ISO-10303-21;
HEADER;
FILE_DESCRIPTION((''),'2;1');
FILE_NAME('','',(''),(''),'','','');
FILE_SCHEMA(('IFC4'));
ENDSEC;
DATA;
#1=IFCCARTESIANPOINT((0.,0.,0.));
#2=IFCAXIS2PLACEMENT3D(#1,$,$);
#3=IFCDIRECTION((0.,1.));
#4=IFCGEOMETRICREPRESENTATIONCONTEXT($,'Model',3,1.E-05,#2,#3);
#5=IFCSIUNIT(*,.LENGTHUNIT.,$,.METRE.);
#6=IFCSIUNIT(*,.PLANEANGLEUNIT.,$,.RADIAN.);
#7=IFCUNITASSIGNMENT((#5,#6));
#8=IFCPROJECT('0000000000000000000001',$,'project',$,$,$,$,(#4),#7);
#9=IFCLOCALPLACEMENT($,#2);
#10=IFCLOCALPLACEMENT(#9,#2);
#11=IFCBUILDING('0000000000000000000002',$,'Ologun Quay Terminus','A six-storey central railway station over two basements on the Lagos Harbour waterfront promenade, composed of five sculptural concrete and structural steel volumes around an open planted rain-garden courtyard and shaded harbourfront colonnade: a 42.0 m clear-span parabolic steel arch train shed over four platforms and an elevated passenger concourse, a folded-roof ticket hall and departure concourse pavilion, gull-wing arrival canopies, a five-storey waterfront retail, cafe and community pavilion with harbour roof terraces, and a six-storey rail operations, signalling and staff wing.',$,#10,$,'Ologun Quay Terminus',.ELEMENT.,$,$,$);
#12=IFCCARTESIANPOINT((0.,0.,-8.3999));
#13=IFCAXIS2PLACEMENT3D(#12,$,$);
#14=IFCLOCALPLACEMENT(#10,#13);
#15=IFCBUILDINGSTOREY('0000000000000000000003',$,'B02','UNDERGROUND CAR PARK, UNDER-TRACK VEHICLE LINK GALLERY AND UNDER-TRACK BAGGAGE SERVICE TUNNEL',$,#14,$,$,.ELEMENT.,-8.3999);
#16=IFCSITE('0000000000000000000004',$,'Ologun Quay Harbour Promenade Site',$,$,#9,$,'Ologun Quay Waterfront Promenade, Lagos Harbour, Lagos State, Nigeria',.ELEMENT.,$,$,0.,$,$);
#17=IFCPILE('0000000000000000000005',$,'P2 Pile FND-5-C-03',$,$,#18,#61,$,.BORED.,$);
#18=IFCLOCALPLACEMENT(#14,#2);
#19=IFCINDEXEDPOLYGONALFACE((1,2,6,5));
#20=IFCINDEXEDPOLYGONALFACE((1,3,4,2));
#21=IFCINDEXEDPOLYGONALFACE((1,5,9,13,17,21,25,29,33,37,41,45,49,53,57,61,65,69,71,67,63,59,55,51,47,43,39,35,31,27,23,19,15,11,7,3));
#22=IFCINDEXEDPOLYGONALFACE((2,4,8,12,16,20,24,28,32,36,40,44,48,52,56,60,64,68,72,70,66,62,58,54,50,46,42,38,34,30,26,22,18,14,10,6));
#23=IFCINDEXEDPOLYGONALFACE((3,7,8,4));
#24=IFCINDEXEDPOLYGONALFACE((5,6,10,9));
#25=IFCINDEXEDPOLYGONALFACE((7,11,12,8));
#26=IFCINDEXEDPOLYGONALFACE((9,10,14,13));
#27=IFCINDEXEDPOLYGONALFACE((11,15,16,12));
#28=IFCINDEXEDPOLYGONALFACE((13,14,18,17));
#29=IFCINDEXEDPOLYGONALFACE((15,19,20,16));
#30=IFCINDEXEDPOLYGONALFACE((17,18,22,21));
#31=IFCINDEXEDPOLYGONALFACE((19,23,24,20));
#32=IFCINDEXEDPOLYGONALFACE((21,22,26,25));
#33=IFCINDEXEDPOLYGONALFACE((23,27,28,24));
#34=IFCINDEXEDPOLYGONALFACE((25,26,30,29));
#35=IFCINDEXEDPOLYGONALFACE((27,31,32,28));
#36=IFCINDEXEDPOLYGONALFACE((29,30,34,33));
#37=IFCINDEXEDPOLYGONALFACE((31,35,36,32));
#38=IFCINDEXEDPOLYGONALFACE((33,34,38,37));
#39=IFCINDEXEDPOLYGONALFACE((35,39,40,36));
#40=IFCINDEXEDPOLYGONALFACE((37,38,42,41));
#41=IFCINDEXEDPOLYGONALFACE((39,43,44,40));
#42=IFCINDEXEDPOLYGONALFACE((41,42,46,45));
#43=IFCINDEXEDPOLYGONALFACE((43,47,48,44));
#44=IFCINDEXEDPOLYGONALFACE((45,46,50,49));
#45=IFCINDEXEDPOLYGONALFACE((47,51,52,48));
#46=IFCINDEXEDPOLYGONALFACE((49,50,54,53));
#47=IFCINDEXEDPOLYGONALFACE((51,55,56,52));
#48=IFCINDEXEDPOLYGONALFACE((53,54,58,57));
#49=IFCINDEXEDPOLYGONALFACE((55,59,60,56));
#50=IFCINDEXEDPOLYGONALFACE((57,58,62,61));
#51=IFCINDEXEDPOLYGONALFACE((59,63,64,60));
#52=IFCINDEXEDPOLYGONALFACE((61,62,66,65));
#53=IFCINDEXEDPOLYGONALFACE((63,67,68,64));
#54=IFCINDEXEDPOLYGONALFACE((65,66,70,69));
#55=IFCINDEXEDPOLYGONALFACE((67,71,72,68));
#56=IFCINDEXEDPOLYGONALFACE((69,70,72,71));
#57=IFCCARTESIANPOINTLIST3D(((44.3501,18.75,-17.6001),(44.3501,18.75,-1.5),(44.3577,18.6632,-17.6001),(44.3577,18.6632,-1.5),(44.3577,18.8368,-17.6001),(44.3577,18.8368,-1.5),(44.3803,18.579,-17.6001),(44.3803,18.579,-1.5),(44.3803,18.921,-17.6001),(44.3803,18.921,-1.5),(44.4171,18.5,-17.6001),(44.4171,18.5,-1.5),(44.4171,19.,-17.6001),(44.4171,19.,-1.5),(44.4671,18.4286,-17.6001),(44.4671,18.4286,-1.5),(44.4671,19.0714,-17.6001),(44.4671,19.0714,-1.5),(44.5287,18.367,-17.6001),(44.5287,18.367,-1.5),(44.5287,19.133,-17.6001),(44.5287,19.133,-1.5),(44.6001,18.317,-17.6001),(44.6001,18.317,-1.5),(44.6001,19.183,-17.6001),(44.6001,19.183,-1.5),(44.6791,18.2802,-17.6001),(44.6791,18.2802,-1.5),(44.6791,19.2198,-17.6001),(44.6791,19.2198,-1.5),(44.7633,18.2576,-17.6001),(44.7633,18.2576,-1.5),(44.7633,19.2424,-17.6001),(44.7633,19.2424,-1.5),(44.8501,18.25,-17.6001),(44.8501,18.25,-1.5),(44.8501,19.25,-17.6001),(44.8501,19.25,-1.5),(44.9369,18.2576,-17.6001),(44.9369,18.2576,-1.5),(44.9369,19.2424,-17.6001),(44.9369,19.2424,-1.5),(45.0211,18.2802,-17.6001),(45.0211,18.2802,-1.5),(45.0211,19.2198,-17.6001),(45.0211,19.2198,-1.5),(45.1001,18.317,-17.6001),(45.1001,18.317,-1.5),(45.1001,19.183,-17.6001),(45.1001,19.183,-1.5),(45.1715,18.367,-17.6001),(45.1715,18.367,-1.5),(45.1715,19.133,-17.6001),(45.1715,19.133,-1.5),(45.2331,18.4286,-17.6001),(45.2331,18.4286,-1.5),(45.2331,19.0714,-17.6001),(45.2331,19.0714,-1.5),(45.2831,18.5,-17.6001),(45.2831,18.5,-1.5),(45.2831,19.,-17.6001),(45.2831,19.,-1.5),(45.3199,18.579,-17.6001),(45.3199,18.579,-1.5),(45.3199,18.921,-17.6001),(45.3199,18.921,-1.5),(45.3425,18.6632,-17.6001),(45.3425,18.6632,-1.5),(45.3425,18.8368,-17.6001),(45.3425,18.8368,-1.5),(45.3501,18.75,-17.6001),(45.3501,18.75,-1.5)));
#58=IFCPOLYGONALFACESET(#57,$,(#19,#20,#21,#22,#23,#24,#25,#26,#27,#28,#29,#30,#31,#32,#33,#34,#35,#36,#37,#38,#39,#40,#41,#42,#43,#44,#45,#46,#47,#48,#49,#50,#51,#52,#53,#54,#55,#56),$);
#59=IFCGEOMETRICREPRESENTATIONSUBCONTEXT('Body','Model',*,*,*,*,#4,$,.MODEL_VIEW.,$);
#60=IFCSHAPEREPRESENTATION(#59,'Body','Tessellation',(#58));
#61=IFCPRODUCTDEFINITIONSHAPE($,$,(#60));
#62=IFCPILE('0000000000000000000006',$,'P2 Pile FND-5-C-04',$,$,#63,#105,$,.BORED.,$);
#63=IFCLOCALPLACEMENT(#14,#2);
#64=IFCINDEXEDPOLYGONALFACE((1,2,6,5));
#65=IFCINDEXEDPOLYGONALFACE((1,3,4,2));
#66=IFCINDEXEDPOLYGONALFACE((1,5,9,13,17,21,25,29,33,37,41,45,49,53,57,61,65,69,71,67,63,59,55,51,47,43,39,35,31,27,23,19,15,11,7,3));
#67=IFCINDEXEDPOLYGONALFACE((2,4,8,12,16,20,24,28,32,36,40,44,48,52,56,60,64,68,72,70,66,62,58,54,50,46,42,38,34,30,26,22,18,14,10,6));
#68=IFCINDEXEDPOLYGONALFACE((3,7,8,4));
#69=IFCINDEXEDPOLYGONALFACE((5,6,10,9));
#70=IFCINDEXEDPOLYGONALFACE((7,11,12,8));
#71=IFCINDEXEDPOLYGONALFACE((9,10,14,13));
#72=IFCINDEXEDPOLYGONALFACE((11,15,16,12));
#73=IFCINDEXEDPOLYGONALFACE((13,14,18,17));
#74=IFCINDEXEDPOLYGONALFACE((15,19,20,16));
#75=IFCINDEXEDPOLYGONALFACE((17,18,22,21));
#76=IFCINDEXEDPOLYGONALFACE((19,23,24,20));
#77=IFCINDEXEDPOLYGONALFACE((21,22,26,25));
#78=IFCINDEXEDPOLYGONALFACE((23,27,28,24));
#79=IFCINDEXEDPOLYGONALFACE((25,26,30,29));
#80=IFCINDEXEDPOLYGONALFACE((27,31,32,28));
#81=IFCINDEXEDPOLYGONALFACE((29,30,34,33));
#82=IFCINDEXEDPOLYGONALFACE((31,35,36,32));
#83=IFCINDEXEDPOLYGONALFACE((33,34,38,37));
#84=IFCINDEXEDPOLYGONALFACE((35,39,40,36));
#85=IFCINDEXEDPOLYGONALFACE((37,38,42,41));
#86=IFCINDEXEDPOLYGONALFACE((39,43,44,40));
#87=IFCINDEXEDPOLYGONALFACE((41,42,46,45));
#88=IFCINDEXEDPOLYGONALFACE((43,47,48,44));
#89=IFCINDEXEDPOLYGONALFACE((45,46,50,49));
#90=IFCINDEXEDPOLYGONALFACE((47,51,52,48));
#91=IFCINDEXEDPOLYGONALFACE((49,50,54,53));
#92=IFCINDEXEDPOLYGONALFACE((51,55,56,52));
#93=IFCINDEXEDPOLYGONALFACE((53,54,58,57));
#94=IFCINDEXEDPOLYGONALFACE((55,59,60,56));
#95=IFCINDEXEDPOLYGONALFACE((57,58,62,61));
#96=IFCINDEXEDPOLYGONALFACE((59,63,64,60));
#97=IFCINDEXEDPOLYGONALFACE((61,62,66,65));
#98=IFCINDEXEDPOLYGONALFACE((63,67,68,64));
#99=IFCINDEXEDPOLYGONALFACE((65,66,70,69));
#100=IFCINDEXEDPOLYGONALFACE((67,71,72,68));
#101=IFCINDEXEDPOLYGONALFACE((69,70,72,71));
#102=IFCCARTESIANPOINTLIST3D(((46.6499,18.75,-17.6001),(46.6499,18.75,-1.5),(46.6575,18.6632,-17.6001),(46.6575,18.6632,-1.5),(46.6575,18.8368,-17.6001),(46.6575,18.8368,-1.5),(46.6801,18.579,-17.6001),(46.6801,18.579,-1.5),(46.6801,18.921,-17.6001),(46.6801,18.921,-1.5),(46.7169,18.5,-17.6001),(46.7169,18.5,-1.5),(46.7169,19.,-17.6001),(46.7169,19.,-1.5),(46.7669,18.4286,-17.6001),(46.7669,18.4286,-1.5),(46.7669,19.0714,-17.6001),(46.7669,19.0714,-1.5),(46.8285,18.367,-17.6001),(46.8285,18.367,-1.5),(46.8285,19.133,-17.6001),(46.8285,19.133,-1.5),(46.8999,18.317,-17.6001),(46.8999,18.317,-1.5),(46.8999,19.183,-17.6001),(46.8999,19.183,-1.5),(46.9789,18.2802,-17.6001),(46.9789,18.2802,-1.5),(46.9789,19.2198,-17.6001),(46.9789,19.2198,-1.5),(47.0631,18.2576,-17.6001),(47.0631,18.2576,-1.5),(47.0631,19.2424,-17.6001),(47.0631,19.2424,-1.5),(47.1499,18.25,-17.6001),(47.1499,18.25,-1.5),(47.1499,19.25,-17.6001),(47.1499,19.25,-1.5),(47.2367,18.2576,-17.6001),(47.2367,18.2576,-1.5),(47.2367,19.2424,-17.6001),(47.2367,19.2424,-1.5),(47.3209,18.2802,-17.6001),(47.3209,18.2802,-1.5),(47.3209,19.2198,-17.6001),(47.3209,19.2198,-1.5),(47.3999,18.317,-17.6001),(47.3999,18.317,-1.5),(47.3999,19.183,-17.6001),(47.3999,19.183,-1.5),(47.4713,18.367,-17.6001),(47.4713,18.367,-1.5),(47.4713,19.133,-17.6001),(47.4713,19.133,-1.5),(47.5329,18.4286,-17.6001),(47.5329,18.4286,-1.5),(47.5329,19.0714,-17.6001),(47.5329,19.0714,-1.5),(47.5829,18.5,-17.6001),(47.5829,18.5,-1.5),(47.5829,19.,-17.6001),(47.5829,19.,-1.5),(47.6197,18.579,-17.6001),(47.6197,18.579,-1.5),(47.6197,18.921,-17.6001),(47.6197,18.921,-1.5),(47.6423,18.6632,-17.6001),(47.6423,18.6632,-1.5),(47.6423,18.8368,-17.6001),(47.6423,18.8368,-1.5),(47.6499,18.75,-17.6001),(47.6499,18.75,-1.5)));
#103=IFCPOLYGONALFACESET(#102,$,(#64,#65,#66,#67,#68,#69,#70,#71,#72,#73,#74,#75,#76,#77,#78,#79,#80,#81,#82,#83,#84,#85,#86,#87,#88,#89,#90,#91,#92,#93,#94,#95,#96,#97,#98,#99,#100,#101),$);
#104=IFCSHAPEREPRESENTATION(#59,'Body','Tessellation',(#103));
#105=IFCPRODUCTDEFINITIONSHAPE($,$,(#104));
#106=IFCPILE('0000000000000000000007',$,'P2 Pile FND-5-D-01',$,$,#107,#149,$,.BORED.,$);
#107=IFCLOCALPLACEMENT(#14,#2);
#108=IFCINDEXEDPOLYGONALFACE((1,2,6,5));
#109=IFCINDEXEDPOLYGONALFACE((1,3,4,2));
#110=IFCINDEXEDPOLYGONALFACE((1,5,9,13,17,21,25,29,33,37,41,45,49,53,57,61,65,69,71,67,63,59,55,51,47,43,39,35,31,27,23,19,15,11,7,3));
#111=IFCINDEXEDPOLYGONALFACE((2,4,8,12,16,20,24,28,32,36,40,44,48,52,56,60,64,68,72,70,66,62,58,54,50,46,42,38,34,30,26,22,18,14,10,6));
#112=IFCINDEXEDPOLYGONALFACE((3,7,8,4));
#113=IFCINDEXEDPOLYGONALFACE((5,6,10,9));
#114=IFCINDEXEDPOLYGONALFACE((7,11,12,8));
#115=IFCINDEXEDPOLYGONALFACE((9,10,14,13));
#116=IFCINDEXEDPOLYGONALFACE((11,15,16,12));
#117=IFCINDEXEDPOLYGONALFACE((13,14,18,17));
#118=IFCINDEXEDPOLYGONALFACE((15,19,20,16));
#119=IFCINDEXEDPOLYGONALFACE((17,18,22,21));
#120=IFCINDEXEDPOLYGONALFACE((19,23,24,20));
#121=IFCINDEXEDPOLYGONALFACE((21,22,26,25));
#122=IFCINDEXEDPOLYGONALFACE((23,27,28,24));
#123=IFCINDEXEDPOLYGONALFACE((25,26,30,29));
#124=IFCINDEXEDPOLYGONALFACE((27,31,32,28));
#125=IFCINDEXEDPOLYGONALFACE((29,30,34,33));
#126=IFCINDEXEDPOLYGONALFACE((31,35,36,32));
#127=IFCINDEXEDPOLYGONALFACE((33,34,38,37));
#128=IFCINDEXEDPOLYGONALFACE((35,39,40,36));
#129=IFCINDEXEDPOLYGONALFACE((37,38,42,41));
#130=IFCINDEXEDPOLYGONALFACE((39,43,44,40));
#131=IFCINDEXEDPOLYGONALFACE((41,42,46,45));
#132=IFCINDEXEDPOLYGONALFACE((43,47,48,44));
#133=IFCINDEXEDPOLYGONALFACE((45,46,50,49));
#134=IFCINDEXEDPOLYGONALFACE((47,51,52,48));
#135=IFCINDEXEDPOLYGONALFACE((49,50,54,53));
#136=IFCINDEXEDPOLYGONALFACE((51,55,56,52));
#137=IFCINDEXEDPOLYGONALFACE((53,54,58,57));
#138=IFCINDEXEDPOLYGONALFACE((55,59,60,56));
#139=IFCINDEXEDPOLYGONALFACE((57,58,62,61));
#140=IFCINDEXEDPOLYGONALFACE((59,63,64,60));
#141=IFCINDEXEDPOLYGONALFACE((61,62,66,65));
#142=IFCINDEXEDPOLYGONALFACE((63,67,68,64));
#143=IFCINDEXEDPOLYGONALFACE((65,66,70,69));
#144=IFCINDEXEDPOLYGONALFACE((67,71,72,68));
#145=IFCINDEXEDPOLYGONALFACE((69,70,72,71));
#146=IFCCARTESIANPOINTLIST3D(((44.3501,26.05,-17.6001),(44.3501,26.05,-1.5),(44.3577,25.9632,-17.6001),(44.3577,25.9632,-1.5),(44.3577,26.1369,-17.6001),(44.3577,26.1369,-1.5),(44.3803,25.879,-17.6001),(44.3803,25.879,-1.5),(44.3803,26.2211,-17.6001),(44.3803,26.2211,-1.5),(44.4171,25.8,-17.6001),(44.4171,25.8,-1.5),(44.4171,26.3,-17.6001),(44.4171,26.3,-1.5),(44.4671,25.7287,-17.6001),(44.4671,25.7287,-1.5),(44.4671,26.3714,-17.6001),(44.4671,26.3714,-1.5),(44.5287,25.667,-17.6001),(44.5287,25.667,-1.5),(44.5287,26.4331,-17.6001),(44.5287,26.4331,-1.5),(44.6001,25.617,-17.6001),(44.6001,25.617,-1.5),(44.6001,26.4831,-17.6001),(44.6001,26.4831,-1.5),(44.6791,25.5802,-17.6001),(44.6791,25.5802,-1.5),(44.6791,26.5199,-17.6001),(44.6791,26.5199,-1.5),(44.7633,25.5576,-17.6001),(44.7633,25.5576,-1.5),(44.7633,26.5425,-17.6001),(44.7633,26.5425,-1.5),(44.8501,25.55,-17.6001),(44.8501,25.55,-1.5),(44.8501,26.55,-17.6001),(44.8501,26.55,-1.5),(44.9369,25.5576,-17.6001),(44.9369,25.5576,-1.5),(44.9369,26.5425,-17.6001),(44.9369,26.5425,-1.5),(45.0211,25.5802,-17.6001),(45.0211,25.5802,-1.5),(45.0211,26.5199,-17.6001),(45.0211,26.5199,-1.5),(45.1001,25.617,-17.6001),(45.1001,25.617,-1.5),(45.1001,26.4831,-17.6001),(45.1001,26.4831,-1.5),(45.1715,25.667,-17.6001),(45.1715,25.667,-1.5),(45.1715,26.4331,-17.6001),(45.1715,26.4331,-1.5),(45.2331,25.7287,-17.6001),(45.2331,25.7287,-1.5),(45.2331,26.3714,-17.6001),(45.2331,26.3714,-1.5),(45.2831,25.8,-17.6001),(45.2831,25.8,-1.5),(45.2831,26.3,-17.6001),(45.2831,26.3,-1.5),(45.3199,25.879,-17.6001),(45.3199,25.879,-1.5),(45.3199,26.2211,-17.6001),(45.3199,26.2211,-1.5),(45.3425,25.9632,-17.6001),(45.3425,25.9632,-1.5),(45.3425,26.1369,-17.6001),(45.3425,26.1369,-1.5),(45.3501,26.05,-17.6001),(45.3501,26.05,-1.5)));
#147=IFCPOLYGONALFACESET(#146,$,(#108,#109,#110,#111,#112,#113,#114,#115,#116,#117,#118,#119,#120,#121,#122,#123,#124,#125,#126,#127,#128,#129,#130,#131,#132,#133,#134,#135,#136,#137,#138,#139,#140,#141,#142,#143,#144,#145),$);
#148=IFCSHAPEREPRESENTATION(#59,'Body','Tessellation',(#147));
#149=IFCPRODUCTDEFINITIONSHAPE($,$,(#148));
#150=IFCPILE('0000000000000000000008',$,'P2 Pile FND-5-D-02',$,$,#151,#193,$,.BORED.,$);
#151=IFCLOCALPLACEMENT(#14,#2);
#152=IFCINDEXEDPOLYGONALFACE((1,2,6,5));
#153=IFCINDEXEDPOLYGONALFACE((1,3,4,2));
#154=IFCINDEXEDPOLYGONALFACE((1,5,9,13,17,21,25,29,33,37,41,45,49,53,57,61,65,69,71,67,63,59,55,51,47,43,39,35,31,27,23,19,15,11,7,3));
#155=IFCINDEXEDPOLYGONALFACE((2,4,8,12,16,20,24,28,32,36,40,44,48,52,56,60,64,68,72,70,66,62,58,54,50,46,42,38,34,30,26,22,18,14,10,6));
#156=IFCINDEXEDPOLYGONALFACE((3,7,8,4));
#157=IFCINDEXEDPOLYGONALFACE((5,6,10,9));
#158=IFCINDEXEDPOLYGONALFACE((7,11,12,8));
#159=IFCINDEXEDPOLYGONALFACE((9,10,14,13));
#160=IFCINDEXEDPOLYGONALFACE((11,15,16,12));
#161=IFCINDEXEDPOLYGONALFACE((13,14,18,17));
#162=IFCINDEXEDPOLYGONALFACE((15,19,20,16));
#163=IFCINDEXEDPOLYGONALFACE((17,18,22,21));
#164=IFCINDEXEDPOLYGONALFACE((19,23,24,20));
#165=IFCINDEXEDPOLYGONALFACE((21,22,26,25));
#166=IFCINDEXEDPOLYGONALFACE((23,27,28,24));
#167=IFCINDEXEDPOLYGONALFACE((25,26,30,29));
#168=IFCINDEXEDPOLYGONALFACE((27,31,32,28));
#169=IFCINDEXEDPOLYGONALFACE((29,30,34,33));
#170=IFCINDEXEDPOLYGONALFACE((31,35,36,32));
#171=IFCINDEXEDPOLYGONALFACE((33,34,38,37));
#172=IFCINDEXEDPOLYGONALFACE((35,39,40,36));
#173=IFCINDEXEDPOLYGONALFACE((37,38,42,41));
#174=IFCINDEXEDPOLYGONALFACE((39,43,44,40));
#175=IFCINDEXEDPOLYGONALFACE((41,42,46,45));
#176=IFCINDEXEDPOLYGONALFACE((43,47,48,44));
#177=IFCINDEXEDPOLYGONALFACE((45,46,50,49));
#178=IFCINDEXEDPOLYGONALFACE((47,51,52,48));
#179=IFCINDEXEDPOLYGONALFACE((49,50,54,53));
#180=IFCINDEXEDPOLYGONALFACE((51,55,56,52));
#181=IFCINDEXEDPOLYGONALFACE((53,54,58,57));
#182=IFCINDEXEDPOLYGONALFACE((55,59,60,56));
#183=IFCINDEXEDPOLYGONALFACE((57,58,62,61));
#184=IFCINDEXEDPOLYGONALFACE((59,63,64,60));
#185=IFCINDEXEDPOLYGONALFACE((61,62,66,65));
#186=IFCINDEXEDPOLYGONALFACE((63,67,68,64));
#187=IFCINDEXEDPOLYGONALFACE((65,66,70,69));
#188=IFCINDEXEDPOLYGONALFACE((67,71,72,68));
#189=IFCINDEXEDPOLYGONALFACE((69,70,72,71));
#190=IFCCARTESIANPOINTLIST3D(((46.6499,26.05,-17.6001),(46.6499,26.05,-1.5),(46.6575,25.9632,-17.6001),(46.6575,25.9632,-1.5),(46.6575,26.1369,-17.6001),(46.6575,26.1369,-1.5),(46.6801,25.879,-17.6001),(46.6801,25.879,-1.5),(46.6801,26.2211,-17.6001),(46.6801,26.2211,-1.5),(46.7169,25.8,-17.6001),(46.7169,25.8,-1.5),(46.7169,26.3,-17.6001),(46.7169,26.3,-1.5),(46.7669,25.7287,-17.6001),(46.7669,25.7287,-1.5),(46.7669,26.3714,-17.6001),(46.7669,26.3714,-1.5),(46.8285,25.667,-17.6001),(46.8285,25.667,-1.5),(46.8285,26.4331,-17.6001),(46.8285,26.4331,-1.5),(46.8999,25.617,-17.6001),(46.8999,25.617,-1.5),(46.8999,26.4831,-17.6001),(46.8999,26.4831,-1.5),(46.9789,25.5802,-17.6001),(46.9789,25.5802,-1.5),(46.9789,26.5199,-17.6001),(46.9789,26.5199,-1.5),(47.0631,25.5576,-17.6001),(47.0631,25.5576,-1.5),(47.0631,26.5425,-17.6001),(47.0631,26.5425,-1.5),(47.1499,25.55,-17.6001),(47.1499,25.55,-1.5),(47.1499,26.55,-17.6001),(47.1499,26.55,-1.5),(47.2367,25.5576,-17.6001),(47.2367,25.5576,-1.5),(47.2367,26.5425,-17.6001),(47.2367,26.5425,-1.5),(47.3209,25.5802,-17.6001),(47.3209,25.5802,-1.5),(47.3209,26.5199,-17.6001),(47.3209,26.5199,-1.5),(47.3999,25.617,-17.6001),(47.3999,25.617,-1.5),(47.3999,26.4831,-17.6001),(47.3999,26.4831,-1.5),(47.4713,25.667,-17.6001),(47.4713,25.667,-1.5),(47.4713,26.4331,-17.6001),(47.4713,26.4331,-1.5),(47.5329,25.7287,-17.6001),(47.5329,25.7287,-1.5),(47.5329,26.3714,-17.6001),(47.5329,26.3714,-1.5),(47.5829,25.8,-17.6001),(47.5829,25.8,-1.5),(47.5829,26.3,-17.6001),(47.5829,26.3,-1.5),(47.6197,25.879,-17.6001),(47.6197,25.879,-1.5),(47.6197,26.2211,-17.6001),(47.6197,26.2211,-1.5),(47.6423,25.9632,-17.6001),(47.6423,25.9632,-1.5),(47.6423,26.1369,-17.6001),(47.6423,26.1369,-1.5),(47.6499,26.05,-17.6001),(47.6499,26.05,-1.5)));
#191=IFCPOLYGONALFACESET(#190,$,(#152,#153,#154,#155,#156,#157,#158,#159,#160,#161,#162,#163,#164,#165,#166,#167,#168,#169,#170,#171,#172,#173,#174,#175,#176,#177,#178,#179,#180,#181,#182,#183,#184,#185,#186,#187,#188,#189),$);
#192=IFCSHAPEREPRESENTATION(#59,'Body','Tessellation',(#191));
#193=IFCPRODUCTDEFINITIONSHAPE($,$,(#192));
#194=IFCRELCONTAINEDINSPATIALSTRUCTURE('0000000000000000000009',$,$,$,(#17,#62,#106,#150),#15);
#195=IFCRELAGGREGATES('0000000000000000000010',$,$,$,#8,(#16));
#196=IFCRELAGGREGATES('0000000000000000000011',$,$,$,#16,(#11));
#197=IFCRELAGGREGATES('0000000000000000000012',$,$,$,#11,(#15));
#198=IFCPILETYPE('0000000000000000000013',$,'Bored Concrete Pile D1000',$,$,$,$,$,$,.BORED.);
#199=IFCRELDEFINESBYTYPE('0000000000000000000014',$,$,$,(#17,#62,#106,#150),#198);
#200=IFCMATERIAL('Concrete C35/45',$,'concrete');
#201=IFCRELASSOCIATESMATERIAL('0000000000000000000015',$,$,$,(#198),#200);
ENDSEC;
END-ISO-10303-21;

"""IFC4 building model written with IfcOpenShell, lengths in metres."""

from ifc_helpers import new_model, si_unit, direction, frame, origin, origin_2d, place, context, subcontext, project, spatial, circle, extrude, material, material_profile, profile_set, type_object, element, save


model = new_model("IFC4")

# Units and contexts
model_context = context("Model", 3, precision=1e-05, world=origin(), true_north=direction((0.0, 1.0)))
body_context = subcontext(model_context, "Body", "Model", "MODEL_VIEW")
ifc_project = project(units=[si_unit("LENGTHUNIT", "METRE"), si_unit("PLANEANGLEUNIT", "RADIAN")], contexts=[model_context])

# Site, building, storey
site_placement = place(None, origin())
site = spatial("IfcSite", under=ifc_project, at=site_placement, Name="Ologun Quay Harbour Promenade Site", LongName="Ologun Quay Waterfront Promenade, Lagos Harbour, Lagos State, Nigeria", CompositionType="ELEMENT", RefElevation=0.0)
building_placement = place(site_placement, origin())
building = spatial("IfcBuilding", under=site, at=building_placement, Name="Ologun Quay Terminus", Description="A six-storey central railway station over two basements on the Lagos Harbour waterfront promenade, composed of five sculptural concrete and structural steel volumes around an open planted rain-garden courtyard and shaded harbourfront colonnade: a 42.0 m clear-span parabolic steel arch train shed over four platforms and an elevated passenger concourse, a folded-roof ticket hall and departure concourse pavilion, gull-wing arrival canopies, a five-storey waterfront retail, cafe and community pavilion with harbour roof terraces, and a six-storey rail operations, signalling and staff wing.", LongName="Ologun Quay Terminus", CompositionType="ELEMENT")
storey_placement = place(building_placement, frame((0.0, 0.0, -8.3999)))
storey = spatial("IfcBuildingStorey", under=building, at=storey_placement, Name="B02", Description="UNDERGROUND CAR PARK, UNDER-TRACK VEHICLE LINK GALLERY AND UNDER-TRACK BAGGAGE SERVICE TUNNEL", CompositionType="ELEMENT", Elevation=-8.3999)

# Piles
ifc_material_1 = material(Name="Concrete C35/45", Category="concrete")
ifc_material_profile_1 = material_profile(ifc_material_1, circle(Radius=0.5, at=origin_2d()), Name="PILE D1000")
ifc_profile_set_1 = profile_set([ifc_material_profile_1], Name="Concrete C35/45")
pile_type_1 = type_object("IfcPileType", Name="Bored Concrete Pile D1000", PredefinedType="BORED", material=ifc_profile_set_1)
for number, where, z_axis, x_axis, name in (
    (1, (44.8501, 18.75, -1.5), (0.0, 0.0, -1.0), (1.0, 0.0, 0.0), "P2 Pile FND-5-C-03"),
    (2, (47.1499, 18.75, -1.5), (0.0, 0.0, -1.0), (1.0, 0.0, 0.0), "P2 Pile FND-5-C-04"),
    (3, (44.8501, 26.05, -1.5), (0.0, 0.0, -1.0), (1.0, 0.0, 0.0), "P2 Pile FND-5-D-01"),
    (4, (47.1499, 26.05, -1.5), (0.0, 0.0, -1.0), (1.0, 0.0, 0.0), "P2 Pile FND-5-D-02"),
):
    element("IfcPile", number, at=place(storey_placement, frame(where, z_axis=z_axis, x_axis=x_axis)), inside=storey, type_object=pile_type_1, Name=name, PredefinedType="BORED", context=body_context, shape_type="SweptSolid", body=[
        extrude(circle(Radius=0.5, at=origin_2d()), origin(), (0.0, 0.0, 1.0), 16.1001),
    ])

save(model, "model.ifc")
